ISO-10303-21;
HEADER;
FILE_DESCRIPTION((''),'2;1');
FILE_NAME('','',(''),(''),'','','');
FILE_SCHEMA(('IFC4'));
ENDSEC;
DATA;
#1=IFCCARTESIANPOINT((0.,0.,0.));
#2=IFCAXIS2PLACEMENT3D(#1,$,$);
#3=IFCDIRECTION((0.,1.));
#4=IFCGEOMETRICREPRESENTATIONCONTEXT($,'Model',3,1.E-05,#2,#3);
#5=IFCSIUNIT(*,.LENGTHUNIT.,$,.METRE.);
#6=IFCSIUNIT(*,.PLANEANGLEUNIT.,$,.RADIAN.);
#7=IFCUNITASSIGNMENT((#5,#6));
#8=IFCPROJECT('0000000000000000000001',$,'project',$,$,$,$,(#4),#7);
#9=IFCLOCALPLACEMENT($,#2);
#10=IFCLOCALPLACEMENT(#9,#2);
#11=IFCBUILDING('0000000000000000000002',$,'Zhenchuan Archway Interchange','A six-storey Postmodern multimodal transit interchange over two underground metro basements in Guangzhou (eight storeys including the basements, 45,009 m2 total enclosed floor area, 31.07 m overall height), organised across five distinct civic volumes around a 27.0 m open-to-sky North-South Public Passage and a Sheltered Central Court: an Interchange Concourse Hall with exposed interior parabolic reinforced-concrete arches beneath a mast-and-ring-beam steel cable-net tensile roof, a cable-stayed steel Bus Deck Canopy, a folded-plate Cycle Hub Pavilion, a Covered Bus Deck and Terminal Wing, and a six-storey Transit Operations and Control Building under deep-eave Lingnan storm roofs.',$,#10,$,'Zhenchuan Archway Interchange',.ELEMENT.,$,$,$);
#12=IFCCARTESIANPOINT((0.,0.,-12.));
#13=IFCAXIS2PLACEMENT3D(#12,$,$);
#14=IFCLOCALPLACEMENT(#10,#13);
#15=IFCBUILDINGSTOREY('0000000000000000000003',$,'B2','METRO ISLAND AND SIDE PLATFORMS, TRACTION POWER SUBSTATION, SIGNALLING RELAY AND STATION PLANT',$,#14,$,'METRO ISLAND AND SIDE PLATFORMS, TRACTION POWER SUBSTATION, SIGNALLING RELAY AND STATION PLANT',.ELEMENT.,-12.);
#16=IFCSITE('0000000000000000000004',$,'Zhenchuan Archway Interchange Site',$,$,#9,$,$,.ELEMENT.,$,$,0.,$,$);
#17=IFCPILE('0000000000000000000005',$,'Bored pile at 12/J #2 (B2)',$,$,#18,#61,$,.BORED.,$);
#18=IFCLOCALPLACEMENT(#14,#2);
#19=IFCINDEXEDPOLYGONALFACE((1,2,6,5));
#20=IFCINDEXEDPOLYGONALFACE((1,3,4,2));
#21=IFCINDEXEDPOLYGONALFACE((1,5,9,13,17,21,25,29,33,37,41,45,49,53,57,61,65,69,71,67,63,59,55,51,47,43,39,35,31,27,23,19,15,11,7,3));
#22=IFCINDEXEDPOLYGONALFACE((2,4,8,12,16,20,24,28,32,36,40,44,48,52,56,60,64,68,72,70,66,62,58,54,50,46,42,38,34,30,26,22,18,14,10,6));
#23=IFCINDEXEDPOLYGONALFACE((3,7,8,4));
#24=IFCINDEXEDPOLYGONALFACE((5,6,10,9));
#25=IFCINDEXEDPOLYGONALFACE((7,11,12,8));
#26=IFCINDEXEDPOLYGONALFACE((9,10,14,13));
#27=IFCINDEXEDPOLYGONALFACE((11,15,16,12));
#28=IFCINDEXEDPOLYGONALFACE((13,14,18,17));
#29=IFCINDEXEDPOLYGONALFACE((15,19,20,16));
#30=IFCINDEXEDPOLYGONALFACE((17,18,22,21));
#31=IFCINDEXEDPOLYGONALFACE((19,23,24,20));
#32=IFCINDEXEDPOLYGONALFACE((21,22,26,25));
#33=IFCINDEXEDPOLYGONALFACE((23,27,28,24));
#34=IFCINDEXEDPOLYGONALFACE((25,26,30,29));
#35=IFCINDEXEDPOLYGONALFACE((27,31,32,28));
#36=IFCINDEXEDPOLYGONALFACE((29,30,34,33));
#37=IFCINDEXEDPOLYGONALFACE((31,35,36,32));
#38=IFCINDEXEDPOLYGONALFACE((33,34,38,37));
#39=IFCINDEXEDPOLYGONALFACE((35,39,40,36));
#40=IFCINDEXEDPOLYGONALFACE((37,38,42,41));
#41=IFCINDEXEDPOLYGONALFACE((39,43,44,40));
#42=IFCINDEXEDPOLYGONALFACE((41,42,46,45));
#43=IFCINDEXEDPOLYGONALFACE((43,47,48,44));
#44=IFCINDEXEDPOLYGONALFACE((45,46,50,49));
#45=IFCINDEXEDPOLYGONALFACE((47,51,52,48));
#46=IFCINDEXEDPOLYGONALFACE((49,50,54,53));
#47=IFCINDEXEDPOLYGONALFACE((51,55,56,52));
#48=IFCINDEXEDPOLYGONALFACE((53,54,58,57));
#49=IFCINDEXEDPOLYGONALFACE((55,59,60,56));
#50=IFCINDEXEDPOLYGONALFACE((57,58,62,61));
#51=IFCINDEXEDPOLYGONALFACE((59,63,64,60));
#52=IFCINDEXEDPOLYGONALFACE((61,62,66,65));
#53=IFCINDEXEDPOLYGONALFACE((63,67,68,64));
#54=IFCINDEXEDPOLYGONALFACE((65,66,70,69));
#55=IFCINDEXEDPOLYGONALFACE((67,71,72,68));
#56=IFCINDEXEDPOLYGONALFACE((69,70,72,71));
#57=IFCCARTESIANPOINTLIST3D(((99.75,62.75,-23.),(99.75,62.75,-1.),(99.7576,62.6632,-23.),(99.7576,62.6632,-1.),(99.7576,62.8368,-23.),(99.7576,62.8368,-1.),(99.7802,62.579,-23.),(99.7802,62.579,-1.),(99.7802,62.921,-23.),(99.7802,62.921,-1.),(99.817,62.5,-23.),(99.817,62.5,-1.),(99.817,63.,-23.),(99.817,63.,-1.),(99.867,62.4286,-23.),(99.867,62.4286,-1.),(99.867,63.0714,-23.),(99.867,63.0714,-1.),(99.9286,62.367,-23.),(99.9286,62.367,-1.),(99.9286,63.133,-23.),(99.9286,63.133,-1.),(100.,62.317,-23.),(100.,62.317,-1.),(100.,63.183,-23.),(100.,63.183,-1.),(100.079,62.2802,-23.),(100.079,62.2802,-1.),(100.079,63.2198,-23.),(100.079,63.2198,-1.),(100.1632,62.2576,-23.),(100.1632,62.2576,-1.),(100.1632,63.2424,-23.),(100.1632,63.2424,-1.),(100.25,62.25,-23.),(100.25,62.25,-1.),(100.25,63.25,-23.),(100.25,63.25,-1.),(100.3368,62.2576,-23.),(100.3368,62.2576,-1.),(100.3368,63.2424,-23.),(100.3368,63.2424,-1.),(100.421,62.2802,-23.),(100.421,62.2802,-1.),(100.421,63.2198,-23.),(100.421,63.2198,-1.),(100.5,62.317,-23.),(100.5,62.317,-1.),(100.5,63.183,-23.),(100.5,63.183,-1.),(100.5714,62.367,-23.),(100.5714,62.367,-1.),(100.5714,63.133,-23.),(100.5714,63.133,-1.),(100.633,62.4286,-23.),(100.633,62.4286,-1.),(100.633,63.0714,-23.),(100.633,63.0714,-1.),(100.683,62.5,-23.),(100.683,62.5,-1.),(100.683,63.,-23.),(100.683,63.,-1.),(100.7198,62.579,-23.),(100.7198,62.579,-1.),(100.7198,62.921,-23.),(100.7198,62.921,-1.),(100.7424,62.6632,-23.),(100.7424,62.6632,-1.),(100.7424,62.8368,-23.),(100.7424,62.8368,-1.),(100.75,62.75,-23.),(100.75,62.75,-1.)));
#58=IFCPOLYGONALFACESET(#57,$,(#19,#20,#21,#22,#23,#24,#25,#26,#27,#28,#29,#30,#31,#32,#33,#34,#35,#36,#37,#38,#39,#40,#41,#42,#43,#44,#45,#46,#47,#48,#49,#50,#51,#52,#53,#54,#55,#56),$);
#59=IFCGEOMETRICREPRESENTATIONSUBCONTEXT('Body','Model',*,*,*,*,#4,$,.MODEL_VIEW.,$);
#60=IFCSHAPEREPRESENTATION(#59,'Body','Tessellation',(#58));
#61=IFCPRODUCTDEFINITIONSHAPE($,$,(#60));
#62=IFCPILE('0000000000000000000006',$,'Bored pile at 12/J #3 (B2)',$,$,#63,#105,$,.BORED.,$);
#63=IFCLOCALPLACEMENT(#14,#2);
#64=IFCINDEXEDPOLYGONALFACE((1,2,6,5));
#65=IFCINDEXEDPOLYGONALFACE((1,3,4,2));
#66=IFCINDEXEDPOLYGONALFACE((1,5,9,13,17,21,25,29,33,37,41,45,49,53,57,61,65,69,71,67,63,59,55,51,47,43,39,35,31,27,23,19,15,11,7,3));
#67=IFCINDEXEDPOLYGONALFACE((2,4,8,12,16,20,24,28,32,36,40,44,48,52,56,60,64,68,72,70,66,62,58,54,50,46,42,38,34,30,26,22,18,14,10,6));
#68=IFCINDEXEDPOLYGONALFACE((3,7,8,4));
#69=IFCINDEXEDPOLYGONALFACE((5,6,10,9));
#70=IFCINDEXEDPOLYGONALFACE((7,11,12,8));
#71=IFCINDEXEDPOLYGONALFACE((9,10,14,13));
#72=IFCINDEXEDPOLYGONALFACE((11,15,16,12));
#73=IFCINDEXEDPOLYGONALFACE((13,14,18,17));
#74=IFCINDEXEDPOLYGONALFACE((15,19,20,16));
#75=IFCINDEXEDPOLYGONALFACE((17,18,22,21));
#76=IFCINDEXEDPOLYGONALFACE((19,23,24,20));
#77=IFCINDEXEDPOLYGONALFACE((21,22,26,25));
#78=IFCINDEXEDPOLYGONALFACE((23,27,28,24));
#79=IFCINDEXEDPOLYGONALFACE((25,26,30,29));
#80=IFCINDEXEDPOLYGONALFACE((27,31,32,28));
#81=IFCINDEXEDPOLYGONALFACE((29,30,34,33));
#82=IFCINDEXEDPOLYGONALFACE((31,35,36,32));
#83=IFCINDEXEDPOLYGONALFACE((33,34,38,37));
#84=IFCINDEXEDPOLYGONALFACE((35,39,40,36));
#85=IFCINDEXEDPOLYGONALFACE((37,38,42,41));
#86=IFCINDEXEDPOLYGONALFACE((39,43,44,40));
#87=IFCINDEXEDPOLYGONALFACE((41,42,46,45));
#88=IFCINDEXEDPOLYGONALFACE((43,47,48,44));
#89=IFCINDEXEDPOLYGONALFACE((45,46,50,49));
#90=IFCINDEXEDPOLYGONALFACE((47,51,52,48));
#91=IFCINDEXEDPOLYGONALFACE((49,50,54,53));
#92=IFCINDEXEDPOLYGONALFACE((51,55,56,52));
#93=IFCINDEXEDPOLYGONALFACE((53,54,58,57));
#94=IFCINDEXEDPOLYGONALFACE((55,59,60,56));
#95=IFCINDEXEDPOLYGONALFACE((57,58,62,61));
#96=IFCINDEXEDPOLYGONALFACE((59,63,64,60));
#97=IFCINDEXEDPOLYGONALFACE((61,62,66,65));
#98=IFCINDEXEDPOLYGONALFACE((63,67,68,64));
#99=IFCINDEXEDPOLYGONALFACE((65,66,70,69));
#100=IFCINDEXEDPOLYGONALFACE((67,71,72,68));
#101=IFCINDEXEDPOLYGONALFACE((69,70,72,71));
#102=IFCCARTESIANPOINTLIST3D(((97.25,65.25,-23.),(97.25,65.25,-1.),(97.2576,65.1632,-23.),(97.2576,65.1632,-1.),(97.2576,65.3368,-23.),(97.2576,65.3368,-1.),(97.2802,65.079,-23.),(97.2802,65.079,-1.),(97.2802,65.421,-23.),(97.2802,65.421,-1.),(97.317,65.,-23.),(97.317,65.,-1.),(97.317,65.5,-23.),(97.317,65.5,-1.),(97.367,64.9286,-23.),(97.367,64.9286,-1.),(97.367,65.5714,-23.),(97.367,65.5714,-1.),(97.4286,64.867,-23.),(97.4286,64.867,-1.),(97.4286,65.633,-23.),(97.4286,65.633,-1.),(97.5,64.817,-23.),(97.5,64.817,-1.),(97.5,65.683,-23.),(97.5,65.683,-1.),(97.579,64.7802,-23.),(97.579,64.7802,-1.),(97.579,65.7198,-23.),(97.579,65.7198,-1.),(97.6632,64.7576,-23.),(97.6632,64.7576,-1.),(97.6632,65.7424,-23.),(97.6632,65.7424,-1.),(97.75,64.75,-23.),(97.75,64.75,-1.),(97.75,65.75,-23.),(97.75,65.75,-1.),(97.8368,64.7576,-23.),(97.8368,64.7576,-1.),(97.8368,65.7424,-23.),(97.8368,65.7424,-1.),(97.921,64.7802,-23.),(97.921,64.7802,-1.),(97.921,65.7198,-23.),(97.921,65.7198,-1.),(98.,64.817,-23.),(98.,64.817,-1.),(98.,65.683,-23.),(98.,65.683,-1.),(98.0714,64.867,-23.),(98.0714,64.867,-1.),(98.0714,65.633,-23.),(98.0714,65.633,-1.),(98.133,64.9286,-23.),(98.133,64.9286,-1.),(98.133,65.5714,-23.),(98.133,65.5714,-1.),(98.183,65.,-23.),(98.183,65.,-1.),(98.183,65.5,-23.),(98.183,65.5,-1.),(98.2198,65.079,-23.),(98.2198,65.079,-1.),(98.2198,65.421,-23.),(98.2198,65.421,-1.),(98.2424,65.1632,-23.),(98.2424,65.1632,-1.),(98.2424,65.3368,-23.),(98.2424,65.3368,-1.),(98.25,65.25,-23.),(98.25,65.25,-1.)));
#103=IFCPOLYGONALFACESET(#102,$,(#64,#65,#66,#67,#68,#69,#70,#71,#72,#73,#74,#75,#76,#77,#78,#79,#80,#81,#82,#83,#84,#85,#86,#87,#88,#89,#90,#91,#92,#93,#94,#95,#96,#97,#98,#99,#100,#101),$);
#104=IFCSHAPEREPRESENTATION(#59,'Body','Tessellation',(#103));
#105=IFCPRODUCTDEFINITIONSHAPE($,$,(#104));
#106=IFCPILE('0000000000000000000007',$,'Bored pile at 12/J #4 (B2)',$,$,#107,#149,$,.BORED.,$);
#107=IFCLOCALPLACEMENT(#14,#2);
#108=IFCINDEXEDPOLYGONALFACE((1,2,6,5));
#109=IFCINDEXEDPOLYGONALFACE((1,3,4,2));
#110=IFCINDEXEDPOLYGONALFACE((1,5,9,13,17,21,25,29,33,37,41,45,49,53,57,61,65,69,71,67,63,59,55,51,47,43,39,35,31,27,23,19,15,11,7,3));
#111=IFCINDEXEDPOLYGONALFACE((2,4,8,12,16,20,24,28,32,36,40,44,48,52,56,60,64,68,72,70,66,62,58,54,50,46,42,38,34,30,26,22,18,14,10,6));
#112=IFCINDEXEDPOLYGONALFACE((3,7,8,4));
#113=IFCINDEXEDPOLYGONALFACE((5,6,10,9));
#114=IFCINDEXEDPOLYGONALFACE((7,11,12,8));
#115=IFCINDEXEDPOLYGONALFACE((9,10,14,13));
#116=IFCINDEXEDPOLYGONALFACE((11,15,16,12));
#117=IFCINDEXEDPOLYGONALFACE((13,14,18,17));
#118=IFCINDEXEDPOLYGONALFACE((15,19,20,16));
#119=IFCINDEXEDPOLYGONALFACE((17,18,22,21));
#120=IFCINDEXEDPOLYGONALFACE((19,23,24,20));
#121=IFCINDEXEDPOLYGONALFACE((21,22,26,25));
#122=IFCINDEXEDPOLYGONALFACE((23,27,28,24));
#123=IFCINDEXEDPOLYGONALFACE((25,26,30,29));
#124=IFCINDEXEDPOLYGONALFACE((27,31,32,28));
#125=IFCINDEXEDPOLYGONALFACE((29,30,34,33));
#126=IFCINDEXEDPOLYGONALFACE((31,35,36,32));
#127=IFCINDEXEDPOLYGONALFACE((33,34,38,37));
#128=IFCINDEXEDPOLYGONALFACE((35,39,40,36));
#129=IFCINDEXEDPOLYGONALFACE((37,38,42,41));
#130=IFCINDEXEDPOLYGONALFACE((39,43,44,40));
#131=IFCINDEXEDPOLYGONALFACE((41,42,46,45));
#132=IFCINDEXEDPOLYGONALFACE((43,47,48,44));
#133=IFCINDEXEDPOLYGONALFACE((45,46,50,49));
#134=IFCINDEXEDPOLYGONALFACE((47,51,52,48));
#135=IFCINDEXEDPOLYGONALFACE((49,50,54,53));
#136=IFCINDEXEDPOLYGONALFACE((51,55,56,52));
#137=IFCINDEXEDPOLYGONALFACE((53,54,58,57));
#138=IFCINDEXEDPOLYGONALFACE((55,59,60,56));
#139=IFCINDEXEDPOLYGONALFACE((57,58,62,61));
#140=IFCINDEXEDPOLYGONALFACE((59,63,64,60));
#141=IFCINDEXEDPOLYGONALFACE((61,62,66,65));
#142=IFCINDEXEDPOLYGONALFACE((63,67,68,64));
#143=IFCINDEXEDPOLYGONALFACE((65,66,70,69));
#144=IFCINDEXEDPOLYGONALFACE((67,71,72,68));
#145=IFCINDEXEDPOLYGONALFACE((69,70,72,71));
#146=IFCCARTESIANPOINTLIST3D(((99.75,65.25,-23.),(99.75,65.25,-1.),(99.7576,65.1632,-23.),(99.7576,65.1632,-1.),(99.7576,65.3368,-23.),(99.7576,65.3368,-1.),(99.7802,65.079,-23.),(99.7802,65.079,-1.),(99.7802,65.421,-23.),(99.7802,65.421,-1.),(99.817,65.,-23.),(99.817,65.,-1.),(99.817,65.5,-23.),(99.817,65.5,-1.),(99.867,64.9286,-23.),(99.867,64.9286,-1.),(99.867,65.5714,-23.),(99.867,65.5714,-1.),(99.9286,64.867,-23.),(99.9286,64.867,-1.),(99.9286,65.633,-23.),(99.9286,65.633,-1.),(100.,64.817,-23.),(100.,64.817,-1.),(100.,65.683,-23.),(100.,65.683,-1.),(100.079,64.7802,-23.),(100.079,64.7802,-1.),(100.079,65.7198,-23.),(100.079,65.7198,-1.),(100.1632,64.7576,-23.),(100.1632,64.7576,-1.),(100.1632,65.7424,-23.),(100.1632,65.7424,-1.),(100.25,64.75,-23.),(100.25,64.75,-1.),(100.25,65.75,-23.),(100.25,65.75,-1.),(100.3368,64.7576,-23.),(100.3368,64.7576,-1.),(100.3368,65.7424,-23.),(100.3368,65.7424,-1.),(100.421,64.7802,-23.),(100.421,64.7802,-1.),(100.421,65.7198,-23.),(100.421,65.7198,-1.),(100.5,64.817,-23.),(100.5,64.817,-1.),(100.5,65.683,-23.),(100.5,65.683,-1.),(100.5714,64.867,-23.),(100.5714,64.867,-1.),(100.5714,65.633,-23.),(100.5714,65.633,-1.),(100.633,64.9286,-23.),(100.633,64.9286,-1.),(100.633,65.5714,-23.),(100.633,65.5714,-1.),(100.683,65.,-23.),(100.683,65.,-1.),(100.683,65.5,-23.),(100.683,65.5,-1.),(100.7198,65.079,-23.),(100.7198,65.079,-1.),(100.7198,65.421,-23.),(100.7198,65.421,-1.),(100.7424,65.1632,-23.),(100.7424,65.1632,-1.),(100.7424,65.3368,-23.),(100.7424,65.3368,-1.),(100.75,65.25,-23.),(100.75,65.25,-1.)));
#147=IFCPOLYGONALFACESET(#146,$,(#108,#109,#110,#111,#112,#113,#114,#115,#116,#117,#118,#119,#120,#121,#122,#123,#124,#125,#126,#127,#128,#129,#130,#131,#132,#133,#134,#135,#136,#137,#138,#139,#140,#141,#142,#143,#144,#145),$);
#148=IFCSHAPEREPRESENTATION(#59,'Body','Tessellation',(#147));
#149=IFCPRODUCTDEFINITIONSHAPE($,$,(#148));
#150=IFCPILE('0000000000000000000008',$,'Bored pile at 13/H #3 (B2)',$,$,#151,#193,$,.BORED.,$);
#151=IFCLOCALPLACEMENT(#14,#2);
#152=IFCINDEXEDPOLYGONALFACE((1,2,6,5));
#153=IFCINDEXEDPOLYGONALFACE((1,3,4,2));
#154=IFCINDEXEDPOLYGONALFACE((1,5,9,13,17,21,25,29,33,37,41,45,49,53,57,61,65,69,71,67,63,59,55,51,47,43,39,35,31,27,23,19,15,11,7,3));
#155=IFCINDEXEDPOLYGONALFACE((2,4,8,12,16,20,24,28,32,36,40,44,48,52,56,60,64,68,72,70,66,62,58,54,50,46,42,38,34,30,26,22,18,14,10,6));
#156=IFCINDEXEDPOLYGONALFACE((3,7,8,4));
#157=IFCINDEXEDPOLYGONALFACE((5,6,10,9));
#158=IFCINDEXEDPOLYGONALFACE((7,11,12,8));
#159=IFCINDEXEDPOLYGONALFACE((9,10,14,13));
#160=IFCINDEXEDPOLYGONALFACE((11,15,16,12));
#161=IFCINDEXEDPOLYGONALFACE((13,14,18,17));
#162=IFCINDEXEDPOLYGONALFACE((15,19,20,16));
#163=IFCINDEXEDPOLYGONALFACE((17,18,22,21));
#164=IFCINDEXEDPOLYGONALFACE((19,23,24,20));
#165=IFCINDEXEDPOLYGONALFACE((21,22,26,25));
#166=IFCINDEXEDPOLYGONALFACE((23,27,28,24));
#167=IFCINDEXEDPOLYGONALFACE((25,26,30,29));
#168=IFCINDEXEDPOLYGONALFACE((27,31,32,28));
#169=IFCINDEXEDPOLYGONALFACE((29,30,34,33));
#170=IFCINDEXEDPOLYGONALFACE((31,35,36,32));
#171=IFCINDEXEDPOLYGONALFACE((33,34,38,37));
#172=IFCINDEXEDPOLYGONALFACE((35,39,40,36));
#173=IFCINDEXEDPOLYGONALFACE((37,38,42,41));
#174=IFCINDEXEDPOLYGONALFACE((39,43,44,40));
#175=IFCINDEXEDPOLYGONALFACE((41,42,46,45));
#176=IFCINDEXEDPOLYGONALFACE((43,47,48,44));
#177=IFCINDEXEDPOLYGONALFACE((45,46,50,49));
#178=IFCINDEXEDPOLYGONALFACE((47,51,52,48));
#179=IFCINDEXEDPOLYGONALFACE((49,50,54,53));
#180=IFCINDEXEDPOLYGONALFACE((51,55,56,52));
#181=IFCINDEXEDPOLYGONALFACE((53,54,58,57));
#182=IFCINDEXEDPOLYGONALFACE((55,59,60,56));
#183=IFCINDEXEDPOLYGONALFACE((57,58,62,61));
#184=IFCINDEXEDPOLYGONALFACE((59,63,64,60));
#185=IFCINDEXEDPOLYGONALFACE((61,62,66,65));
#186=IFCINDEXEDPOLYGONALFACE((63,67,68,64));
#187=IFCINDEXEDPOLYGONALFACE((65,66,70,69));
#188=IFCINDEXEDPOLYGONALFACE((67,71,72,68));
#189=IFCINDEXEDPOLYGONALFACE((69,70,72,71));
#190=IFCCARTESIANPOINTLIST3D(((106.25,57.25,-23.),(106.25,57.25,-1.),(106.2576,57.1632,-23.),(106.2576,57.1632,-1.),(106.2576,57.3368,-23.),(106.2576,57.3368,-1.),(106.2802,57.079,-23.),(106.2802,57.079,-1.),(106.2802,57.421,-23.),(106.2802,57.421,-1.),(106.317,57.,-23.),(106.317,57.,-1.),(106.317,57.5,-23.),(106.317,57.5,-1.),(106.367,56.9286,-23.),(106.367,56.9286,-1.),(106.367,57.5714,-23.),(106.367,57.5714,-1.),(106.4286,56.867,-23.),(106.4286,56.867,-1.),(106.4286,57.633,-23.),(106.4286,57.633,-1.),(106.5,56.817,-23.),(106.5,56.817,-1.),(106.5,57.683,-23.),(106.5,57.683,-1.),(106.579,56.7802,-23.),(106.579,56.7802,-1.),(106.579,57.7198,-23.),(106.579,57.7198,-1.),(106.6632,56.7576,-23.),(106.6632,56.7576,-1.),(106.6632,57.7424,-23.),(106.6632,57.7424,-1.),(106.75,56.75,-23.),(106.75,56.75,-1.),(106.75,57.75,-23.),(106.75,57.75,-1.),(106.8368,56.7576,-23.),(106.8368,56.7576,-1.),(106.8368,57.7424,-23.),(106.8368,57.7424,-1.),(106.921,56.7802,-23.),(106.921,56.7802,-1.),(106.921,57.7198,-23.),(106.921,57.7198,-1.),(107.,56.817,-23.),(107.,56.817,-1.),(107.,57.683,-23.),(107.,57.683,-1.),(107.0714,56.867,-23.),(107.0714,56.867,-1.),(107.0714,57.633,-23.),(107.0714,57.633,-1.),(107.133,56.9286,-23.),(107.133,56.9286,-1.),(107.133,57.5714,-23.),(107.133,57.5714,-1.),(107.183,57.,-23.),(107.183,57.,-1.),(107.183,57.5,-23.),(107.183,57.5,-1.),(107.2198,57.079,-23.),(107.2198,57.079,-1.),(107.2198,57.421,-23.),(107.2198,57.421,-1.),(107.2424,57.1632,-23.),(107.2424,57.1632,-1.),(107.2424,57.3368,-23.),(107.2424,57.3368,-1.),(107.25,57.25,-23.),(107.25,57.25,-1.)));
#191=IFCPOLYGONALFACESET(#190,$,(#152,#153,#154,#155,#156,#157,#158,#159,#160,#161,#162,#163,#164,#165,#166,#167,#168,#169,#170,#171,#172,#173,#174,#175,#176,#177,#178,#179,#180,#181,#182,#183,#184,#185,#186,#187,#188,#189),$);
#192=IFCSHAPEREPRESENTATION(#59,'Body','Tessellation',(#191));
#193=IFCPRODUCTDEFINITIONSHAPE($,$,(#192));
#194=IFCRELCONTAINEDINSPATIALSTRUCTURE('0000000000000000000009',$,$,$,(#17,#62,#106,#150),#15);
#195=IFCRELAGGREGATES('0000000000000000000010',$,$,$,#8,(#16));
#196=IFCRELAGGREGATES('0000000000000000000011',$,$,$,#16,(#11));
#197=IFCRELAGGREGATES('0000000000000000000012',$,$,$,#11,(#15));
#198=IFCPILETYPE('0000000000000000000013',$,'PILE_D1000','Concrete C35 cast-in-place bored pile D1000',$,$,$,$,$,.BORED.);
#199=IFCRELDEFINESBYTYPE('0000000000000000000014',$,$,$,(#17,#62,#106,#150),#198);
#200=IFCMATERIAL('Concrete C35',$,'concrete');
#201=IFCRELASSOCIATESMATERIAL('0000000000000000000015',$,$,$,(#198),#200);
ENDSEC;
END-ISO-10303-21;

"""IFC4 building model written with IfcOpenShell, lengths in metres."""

from ifc_helpers import new_model, si_unit, direction, frame, origin, origin_2d, place, context, subcontext, project, spatial, circle, extrude, material, material_profile, profile_set, type_object, element, save


model = new_model("IFC4")

# Units and contexts
model_context = context("Model", 3, precision=1e-05, world=origin(), true_north=direction((0.0, 1.0)))
body_context = subcontext(model_context, "Body", "Model", "MODEL_VIEW")
ifc_project = project(units=[si_unit("LENGTHUNIT", "METRE"), si_unit("PLANEANGLEUNIT", "RADIAN")], contexts=[model_context])

# Site, building, storey
site_placement = place(None, origin())
site = spatial("IfcSite", under=ifc_project, at=site_placement, Name="Zhenchuan Archway Interchange Site", CompositionType="ELEMENT", RefElevation=0.0)
building_placement = place(site_placement, origin())
building = spatial("IfcBuilding", under=site, at=building_placement, Name="Zhenchuan Archway Interchange", Description="A six-storey Postmodern multimodal transit interchange over two underground metro basements in Guangzhou (eight storeys including the basements, 45,009 m2 total enclosed floor area, 31.07 m overall height), organised across five distinct civic volumes around a 27.0 m open-to-sky North-South Public Passage and a Sheltered Central Court: an Interchange Concourse Hall with exposed interior parabolic reinforced-concrete arches beneath a mast-and-ring-beam steel cable-net tensile roof, a cable-stayed steel Bus Deck Canopy, a folded-plate Cycle Hub Pavilion, a Covered Bus Deck and Terminal Wing, and a six-storey Transit Operations and Control Building under deep-eave Lingnan storm roofs.", LongName="Zhenchuan Archway Interchange", CompositionType="ELEMENT")
storey_placement = place(building_placement, frame((0.0, 0.0, -12.0)))
storey = spatial("IfcBuildingStorey", under=building, at=storey_placement, Name="B2", Description="METRO ISLAND AND SIDE PLATFORMS, TRACTION POWER SUBSTATION, SIGNALLING RELAY AND STATION PLANT", LongName="METRO ISLAND AND SIDE PLATFORMS, TRACTION POWER SUBSTATION, SIGNALLING RELAY AND STATION PLANT", CompositionType="ELEMENT", Elevation=-12.0)

# Piles
ifc_material_1 = material(Name="Concrete C35", Category="concrete")
ifc_material_profile_1 = material_profile(ifc_material_1, circle(Radius=0.5, at=origin_2d()), Name="BORED PILE 1000")
ifc_profile_set_1 = profile_set([ifc_material_profile_1], Name="Concrete C35")
pile_type_1 = type_object("IfcPileType", Name="PILE_D1000", Description="Concrete C35 cast-in-place bored pile D1000", PredefinedType="BORED", material=ifc_profile_set_1)
for number, where, z_axis, x_axis, name in (
    (1, (100.25, 62.75, -1.0), (0.0, 0.0, -1.0), (1.0, 0.0, 0.0), "Bored pile at 12/J #2 (B2)"),
    (2, (97.75, 65.25, -1.0), (0.0, 0.0, -1.0), (1.0, 0.0, 0.0), "Bored pile at 12/J #3 (B2)"),
    (3, (100.25, 65.25, -1.0), (0.0, 0.0, -1.0), (1.0, 0.0, 0.0), "Bored pile at 12/J #4 (B2)"),
    (4, (106.75, 57.25, -1.0), (0.0, 0.0, -1.0), (1.0, 0.0, 0.0), "Bored pile at 13/H #3 (B2)"),
):
    element("IfcPile", number, at=place(storey_placement, frame(where, z_axis=z_axis, x_axis=x_axis)), inside=storey, type_object=pile_type_1, Name=name, PredefinedType="BORED", context=body_context, shape_type="SweptSolid", body=[
        extrude(circle(Radius=0.5, at=origin_2d()), origin(), (0.0, 0.0, 1.0), 22.0),
    ])

save(model, "model.ifc")
